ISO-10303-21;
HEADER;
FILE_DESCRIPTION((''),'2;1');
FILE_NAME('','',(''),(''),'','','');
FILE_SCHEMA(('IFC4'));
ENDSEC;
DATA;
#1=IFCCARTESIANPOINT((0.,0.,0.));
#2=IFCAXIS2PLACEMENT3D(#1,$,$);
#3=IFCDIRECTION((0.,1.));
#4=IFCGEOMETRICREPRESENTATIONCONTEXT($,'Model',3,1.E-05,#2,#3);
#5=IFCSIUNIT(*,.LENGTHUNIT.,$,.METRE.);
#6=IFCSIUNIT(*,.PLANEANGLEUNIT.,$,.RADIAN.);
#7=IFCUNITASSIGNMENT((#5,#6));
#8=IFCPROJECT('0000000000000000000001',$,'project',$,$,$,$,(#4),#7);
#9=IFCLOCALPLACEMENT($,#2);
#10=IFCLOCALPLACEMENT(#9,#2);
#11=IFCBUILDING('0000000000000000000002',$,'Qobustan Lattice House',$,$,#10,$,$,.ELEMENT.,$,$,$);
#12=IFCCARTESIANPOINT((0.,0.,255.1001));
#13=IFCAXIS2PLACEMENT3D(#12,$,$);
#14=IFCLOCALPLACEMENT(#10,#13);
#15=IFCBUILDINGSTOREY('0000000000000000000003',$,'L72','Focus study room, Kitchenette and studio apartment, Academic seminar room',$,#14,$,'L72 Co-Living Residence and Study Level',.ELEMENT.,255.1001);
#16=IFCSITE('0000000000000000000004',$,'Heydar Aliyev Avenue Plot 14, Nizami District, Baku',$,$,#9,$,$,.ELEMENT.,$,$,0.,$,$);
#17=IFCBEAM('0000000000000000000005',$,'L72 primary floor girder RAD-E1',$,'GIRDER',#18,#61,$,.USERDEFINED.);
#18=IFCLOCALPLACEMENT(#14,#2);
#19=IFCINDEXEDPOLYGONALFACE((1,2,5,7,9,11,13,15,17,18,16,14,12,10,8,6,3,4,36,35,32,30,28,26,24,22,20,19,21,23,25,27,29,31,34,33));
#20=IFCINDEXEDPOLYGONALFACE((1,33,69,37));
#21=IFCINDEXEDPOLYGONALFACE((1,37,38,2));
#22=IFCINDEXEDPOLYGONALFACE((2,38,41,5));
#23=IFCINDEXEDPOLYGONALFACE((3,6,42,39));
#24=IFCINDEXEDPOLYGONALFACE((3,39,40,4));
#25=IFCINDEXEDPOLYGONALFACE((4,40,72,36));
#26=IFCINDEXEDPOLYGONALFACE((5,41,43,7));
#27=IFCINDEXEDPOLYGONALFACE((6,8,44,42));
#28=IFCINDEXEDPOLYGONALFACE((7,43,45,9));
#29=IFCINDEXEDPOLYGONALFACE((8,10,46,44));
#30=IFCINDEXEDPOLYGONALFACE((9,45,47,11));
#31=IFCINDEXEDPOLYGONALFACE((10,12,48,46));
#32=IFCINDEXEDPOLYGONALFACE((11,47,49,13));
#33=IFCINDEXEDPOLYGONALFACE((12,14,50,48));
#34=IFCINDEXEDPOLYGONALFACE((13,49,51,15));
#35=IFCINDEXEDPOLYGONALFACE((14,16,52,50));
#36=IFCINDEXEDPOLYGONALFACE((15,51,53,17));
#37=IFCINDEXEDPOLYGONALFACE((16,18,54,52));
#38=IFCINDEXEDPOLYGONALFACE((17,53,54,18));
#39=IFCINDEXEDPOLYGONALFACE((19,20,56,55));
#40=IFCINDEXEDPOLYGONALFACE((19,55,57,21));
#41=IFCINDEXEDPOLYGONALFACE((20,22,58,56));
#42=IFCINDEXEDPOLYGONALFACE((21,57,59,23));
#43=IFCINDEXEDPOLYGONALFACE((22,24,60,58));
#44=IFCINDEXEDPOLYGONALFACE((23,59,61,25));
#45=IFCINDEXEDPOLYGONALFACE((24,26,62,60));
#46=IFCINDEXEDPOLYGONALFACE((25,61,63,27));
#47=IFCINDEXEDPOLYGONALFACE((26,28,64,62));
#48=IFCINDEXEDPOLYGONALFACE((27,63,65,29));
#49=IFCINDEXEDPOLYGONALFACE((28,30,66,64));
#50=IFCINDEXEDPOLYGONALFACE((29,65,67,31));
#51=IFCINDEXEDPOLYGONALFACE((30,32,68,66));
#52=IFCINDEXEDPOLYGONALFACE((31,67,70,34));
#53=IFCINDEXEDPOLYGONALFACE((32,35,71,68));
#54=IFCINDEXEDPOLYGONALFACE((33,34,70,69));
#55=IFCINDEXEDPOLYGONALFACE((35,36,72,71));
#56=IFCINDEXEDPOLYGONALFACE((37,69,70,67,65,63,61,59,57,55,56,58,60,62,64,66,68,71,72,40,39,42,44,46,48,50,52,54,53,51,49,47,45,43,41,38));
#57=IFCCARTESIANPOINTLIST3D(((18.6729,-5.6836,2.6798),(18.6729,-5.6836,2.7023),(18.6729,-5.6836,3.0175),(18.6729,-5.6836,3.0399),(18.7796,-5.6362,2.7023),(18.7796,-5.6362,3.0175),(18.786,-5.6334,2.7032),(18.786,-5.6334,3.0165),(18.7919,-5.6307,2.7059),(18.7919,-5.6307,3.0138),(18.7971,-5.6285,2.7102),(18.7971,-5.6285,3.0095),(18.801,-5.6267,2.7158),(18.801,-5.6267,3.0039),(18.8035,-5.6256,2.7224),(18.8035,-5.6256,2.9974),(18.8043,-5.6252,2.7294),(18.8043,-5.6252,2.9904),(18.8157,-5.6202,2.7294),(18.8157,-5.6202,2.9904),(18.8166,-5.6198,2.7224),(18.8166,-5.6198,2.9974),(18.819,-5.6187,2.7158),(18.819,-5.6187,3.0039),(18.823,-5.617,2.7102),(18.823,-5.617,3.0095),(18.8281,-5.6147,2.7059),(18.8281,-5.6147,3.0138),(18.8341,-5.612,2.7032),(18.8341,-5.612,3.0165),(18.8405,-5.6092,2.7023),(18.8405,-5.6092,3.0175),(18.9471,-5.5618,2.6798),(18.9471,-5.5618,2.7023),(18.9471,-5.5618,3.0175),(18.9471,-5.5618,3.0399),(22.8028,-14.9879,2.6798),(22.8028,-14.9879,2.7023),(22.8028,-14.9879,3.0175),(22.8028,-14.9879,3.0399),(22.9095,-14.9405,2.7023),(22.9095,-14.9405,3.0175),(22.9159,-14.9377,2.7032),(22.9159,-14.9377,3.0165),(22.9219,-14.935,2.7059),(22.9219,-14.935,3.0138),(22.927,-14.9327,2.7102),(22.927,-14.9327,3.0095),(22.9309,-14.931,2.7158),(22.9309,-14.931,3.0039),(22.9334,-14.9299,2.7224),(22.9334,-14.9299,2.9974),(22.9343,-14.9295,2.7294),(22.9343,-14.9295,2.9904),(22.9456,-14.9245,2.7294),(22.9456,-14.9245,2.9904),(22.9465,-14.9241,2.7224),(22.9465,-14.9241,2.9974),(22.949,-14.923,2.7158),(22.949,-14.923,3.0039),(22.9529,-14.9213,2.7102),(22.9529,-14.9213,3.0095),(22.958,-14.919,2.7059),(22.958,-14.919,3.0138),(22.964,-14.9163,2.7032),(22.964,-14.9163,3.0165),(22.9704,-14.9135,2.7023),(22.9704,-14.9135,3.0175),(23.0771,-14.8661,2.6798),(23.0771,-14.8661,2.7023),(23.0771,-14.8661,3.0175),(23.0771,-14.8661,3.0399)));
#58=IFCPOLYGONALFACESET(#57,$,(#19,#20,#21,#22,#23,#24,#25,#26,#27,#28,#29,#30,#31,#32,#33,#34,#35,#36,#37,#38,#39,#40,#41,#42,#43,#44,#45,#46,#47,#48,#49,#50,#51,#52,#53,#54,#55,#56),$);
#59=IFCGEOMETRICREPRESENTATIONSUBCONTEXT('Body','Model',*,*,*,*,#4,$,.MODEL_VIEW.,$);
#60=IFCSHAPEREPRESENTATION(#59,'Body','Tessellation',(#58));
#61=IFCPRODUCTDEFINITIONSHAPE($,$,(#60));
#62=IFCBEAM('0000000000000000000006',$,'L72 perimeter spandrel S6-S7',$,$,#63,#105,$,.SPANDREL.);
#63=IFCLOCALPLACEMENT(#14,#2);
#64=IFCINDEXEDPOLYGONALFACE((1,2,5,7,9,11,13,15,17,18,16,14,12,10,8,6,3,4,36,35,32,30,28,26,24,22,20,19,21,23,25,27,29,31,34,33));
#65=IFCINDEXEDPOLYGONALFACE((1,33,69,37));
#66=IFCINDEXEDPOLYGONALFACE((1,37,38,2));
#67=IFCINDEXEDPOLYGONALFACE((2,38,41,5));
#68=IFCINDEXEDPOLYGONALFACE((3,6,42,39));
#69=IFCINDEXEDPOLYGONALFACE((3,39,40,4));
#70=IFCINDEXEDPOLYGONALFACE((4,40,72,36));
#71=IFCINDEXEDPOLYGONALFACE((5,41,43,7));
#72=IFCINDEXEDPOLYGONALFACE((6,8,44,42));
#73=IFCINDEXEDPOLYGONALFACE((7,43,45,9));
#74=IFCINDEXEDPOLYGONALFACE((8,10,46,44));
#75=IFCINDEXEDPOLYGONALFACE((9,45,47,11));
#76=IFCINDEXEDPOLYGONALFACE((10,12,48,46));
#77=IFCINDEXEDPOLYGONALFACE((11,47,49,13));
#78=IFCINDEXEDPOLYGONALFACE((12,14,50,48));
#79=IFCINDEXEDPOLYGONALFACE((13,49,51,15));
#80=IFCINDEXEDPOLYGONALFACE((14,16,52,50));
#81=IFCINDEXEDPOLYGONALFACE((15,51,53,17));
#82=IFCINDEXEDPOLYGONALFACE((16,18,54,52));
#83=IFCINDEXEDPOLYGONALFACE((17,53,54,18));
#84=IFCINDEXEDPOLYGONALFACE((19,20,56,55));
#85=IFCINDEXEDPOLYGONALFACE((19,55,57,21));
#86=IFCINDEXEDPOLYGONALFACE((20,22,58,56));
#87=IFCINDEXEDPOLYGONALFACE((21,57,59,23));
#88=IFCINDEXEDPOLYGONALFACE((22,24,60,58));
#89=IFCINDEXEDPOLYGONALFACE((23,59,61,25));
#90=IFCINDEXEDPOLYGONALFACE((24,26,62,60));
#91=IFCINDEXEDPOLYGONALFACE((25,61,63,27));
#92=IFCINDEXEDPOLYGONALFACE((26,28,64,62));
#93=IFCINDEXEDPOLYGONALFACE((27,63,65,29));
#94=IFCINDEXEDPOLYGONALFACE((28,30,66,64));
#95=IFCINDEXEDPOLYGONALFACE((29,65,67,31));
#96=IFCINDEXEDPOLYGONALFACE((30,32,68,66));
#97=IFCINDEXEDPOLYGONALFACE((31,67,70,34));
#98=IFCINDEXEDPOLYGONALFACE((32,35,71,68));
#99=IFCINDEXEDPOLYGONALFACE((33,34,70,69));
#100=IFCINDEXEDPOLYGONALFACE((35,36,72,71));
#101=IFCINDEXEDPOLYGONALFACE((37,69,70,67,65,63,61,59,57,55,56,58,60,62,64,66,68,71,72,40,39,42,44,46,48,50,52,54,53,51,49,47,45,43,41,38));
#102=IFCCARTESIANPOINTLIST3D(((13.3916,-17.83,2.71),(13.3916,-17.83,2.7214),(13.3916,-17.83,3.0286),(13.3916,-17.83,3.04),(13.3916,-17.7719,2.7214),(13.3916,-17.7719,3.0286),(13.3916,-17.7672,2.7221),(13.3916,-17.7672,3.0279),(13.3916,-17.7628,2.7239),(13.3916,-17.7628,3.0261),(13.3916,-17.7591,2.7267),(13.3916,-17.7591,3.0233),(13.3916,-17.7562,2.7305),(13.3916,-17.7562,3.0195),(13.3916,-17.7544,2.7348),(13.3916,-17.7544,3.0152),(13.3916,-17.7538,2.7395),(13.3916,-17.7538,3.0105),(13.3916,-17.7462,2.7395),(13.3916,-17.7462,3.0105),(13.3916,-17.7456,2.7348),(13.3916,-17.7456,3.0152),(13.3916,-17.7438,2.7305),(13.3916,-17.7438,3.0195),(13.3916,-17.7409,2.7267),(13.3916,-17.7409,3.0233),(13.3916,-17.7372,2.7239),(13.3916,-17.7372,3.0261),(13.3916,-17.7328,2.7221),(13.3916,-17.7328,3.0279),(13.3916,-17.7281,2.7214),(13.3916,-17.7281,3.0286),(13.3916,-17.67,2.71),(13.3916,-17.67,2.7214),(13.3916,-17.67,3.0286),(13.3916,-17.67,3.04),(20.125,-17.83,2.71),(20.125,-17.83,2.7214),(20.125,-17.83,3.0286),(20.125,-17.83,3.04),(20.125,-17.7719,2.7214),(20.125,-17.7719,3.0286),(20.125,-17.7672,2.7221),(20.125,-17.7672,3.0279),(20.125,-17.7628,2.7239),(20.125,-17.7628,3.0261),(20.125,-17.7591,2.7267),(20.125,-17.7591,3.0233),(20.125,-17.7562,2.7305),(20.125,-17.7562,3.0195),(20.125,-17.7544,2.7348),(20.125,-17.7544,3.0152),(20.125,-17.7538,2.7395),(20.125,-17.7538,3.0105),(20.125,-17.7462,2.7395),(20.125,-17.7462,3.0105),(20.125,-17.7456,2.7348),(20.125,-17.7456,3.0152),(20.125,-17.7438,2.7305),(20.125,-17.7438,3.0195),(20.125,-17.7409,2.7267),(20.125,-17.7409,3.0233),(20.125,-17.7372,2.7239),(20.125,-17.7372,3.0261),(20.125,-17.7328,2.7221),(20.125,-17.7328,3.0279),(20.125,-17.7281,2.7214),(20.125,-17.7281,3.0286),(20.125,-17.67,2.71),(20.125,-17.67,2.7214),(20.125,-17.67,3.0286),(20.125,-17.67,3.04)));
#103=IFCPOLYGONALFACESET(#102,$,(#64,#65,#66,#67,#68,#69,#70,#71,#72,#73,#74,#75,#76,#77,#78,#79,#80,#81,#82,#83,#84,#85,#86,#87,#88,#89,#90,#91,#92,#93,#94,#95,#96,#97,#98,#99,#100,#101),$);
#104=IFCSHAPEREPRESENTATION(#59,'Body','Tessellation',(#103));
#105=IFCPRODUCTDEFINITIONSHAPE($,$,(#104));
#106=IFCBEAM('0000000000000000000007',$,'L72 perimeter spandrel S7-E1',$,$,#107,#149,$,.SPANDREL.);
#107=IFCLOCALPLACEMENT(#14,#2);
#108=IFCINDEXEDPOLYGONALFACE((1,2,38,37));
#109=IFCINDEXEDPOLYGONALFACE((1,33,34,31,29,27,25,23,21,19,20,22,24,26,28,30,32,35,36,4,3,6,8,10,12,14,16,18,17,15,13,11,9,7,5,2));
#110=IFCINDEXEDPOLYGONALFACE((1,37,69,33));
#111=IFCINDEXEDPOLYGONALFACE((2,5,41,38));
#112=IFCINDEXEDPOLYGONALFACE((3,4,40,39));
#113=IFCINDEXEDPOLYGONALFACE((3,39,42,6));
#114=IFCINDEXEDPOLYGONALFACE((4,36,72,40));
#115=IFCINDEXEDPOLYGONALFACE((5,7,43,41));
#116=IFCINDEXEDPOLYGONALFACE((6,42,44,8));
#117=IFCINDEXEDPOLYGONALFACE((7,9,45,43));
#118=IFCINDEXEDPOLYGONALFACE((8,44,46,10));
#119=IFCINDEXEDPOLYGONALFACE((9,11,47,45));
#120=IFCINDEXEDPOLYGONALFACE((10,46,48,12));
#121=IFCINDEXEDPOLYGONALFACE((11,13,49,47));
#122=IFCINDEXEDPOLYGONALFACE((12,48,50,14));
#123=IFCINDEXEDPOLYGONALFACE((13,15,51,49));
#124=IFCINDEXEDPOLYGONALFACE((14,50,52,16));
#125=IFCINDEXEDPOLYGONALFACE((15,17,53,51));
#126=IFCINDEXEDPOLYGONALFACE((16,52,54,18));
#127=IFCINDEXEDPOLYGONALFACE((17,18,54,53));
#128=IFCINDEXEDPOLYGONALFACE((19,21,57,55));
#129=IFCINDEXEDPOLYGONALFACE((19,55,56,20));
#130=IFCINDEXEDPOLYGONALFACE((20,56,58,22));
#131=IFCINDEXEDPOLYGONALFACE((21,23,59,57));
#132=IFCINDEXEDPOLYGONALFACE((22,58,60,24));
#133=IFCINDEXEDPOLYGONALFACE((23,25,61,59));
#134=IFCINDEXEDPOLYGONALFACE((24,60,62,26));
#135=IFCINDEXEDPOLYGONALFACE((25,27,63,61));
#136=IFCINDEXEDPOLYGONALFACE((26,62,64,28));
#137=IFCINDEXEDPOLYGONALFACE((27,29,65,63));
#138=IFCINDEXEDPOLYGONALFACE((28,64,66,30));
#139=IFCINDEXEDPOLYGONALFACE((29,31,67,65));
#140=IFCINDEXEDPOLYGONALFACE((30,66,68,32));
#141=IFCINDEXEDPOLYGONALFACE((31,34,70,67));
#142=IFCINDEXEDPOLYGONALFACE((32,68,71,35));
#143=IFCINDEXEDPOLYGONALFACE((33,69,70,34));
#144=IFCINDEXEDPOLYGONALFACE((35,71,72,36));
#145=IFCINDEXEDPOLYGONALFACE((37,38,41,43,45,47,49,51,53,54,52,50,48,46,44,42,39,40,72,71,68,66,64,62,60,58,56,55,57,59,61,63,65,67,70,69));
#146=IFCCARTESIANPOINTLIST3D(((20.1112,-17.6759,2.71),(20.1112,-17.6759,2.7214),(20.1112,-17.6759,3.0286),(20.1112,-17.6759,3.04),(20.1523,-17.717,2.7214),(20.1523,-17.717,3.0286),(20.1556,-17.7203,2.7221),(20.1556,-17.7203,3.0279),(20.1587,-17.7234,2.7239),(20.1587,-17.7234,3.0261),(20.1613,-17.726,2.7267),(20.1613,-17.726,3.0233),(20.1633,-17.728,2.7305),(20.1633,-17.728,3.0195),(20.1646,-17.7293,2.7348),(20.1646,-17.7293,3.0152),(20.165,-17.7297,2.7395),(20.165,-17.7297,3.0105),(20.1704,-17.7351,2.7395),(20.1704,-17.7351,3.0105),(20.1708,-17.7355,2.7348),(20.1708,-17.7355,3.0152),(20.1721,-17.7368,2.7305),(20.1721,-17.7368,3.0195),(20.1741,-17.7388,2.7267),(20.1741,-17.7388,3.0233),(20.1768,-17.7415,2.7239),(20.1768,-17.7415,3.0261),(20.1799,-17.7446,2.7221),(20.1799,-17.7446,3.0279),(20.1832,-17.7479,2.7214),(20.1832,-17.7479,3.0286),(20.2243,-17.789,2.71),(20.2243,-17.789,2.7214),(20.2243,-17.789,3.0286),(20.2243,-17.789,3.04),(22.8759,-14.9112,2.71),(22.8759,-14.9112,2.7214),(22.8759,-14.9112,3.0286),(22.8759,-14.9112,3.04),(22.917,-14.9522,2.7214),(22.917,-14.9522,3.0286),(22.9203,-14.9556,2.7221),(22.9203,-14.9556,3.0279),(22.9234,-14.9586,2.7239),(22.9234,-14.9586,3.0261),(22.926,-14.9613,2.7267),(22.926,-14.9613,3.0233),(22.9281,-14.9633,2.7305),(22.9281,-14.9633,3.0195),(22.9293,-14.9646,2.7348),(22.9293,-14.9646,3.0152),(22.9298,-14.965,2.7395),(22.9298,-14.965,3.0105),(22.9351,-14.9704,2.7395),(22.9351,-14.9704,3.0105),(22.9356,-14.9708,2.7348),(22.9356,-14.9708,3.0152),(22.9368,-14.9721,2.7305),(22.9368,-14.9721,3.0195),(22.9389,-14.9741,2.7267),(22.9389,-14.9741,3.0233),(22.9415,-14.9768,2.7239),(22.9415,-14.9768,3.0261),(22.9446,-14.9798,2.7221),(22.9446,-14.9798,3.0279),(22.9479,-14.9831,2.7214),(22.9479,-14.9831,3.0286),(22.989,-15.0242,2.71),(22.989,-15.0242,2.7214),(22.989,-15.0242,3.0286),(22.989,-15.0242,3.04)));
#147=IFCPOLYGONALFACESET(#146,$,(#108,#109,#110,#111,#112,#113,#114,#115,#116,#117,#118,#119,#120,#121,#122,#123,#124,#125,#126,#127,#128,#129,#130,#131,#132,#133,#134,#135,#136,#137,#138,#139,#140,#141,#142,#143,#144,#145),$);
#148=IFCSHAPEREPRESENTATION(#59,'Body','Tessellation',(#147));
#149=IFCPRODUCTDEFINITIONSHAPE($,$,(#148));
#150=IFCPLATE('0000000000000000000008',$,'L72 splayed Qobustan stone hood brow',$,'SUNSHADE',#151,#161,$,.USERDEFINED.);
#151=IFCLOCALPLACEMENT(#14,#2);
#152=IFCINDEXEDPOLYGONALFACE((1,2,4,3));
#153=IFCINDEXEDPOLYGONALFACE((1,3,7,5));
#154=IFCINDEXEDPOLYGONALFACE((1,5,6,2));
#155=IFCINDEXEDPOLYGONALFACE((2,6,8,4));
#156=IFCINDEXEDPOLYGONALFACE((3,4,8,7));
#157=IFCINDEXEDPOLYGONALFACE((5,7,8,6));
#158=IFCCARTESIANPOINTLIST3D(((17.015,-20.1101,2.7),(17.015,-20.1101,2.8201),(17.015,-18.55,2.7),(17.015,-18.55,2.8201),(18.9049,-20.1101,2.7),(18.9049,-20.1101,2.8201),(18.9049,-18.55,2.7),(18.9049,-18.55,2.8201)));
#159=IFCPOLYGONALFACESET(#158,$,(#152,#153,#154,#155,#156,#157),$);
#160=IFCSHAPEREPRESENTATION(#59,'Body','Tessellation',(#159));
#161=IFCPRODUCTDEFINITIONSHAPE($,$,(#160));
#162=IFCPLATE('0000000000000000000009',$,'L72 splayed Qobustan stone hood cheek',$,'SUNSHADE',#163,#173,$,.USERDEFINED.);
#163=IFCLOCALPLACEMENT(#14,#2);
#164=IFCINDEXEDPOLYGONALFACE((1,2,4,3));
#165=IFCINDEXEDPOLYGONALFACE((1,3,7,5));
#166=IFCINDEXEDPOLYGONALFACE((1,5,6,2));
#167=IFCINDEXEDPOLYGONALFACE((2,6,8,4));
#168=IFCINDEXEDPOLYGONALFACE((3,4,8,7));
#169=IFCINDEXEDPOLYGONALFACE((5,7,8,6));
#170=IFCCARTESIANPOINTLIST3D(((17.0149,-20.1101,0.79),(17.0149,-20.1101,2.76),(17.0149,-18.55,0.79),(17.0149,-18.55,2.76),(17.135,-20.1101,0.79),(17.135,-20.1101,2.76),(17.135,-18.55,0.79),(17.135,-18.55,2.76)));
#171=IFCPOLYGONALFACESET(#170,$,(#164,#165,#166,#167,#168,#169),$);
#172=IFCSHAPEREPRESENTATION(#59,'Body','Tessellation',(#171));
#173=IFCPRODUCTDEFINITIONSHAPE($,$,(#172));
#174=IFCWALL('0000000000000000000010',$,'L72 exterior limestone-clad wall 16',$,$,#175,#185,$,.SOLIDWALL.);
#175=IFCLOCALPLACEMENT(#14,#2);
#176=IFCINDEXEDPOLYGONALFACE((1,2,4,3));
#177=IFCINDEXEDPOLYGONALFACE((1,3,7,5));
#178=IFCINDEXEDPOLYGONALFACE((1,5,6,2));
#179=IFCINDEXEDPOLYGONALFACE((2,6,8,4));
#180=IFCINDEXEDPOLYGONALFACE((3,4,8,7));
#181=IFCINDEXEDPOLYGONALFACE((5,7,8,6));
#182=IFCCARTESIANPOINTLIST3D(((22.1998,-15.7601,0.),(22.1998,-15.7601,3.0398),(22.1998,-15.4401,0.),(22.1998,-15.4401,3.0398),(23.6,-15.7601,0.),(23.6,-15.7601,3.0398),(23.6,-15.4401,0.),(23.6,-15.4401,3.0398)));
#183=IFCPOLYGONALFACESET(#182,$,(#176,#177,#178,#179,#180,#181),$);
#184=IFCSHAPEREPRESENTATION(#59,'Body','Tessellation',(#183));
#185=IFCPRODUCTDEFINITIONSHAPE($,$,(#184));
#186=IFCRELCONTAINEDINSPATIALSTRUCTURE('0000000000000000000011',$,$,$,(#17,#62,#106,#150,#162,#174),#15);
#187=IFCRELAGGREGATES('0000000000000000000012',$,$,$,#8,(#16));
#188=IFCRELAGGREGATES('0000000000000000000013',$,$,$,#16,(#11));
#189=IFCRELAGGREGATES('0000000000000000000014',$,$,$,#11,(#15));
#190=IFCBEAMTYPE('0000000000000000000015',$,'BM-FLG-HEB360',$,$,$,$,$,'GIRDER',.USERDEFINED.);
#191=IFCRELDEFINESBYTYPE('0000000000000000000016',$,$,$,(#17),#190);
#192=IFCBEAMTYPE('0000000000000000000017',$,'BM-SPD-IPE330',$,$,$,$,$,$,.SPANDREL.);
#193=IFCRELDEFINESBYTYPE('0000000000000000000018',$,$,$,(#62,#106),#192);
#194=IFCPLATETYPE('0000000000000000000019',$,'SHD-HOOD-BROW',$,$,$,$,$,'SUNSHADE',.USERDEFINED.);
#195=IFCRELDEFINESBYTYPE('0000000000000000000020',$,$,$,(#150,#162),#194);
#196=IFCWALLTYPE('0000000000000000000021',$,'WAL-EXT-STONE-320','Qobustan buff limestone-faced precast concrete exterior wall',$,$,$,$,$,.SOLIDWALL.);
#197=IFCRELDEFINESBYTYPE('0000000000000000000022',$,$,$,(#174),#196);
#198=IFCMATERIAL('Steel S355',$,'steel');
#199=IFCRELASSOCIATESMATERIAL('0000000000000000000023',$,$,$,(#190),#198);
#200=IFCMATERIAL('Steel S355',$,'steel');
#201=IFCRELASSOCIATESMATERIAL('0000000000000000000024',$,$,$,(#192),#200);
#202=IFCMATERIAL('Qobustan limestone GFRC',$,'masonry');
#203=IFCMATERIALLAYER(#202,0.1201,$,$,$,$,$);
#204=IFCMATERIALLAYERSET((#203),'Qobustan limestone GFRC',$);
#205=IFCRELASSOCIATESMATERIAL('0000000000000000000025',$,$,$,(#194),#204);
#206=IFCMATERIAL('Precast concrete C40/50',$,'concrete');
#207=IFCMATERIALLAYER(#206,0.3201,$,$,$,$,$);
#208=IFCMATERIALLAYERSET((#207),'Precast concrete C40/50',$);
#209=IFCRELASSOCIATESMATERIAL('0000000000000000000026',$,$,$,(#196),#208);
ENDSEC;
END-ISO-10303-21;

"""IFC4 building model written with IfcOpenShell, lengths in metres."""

from ifc_helpers import new_model, si_unit, direction, frame, frame_2d, origin, origin_2d, place, context, subcontext, project, spatial, rectangle, i_section, extrude, material, layer, layer_set, material_profile, profile_set, type_object, element, save


model = new_model("IFC4")

# Units and contexts
model_context = context("Model", 3, precision=1e-05, world=origin(), true_north=direction((0.0, 1.0)))
body_context = subcontext(model_context, "Body", "Model", "MODEL_VIEW")
ifc_project = project(units=[si_unit("LENGTHUNIT", "METRE"), si_unit("PLANEANGLEUNIT", "RADIAN")], contexts=[model_context])

# Site, building, storey
site_placement = place(None, origin())
site = spatial("IfcSite", under=ifc_project, at=site_placement, Name="Heydar Aliyev Avenue Plot 14, Nizami District, Baku", CompositionType="ELEMENT", RefElevation=0.0)
building_placement = place(site_placement, origin())
building = spatial("IfcBuilding", under=site, at=building_placement, Name="Qobustan Lattice House", CompositionType="ELEMENT")
storey_placement = place(building_placement, frame((0.0, 0.0, 255.1001)))
storey = spatial("IfcBuildingStorey", under=building, at=storey_placement, Name="L72", Description="Focus study room, Kitchenette and studio apartment, Academic seminar room", LongName="L72 Co-Living Residence and Study Level", CompositionType="ELEMENT", Elevation=255.1001)

# Beams
ifc_material_1 = material(Name="Steel S355", Category="steel")
ifc_material_profile_1 = material_profile(ifc_material_1, i_section(OverallWidth=0.3, OverallDepth=0.3601, WebThickness=0.0125, FlangeThickness=0.0225, FilletRadius=0.0271, at=origin_2d()), Name="HEB360")
ifc_profile_set_1 = profile_set([ifc_material_profile_1], Name="Steel S355")
beam_type_1 = type_object("IfcBeamType", Name="BM-FLG-HEB360", ElementType="GIRDER", PredefinedType="USERDEFINED", material=ifc_profile_set_1)
beam_1_placement = place(storey_placement, frame((22.9399, -14.927, 2.8599), z_axis=(-0.405702, 0.914005, 0.0), x_axis=(-0.914005, -0.405702, 0.0)))
element("IfcBeam", 1, at=beam_1_placement, inside=storey, type_object=beam_type_1, Name="L72 primary floor girder RAD-E1", ObjectType="GIRDER", PredefinedType="USERDEFINED", context=body_context, shape_type="SweptSolid", body=[
    extrude(i_section(OverallWidth=0.3, OverallDepth=0.3601, WebThickness=0.0125, FlangeThickness=0.0225, FilletRadius=0.0271, at=origin_2d()), origin(), (0.0, 0.0, 1.0), 10.1797),
])
ifc_material_2 = material(Name="Steel S355", Category="steel")
ifc_material_profile_2 = material_profile(ifc_material_2, i_section(OverallWidth=0.1599, OverallDepth=0.3301, WebThickness=0.0076, FlangeThickness=0.0115, FilletRadius=0.0181, at=origin_2d()), Name="IPE330")
ifc_profile_set_2 = profile_set([ifc_material_profile_2], Name="Steel S355")
beam_type_2 = type_object("IfcBeamType", Name="BM-SPD-IPE330", PredefinedType="SPANDREL", material=ifc_profile_set_2)
beam_2_placement = place(storey_placement, frame((13.3916, -17.75, 2.875), z_axis=(1.0, 0.0, 0.0), x_axis=(0.0, 1.0, 0.0)))
element("IfcBeam", 2, at=beam_2_placement, inside=storey, type_object=beam_type_2, Name="L72 perimeter spandrel S6-S7", PredefinedType="SPANDREL", context=body_context, shape_type="SweptSolid", body=[
    extrude(i_section(OverallWidth=0.1599, OverallDepth=0.3301, WebThickness=0.0076, FlangeThickness=0.0115, FilletRadius=0.0181, at=origin_2d()), origin(), (0.0, 0.0, 1.0), 6.7334),
])
beam_3_placement = place(storey_placement, frame((20.1677, -17.7324, 2.875), z_axis=(0.707107, 0.707107, 0.0), x_axis=(-0.707107, 0.707107, 0.0)))
element("IfcBeam", 3, at=beam_3_placement, inside=storey, type_object=beam_type_2, Name="L72 perimeter spandrel S7-E1", PredefinedType="SPANDREL", context=body_context, shape_type="SweptSolid", body=[
    extrude(i_section(OverallWidth=0.1599, OverallDepth=0.3301, WebThickness=0.0076, FlangeThickness=0.0115, FilletRadius=0.0181, at=origin_2d()), origin(), (0.0, 0.0, 1.0), 3.9099),
])

# Plates
ifc_material_3 = material(Name="Qobustan limestone GFRC", Category="masonry")
ifc_layer_1 = layer(ifc_material_3, 0.1201)
ifc_layer_set_1 = layer_set([ifc_layer_1], Name="Qobustan limestone GFRC")
plate_type = type_object("IfcPlateType", Name="SHD-HOOD-BROW", ElementType="SUNSHADE", PredefinedType="USERDEFINED", material=ifc_layer_set_1)
plate_1_placement = place(storey_placement, frame((17.96, -19.3301, 2.7), z_axis=(0.0, 0.0, 1.0), x_axis=(-1.0, 0.0, 0.0)))
element("IfcPlate", 4, at=plate_1_placement, inside=storey, type_object=plate_type, Name="L72 splayed Qobustan stone hood brow", ObjectType="SUNSHADE", PredefinedType="USERDEFINED", context=body_context, shape_type="SweptSolid", body=[
    extrude(rectangle(XDim=1.8899, YDim=1.5601, at=origin_2d()), origin(), (0.0, 0.0, 1.0), 0.1201),
])
plate_2_placement = place(storey_placement, frame((17.075, -19.3301, 0.79), z_axis=(0.0, 0.0, 1.0), x_axis=(-1.0, 0.0, 0.0)))
element("IfcPlate", 5, at=plate_2_placement, inside=storey, type_object=plate_type, Name="L72 splayed Qobustan stone hood cheek", ObjectType="SUNSHADE", PredefinedType="USERDEFINED", context=body_context, shape_type="SweptSolid", body=[
    extrude(rectangle(XDim=0.1201, YDim=1.5601, at=origin_2d()), origin(), (0.0, 0.0, 1.0), 1.97),
])

# Wall
ifc_material_4 = material(Name="Precast concrete C40/50", Category="concrete")
ifc_layer_2 = layer(ifc_material_4, 0.3201)
ifc_layer_set_2 = layer_set([ifc_layer_2], Name="Precast concrete C40/50")
wall_type = type_object("IfcWallType", Name="WAL-EXT-STONE-320", Description="Qobustan buff limestone-faced precast concrete exterior wall", PredefinedType="SOLIDWALL", material=ifc_layer_set_2)
wall_1_placement = place(storey_placement, frame((23.6001, -15.6001, 0.0), z_axis=(0.0, 0.0, 1.0), x_axis=(-1.0, 0.0, 0.0)))
element("IfcWall", 6, at=wall_1_placement, inside=storey, type_object=wall_type, Name="L72 exterior limestone-clad wall 16", PredefinedType="SOLIDWALL", context=body_context, shape_type="SweptSolid", body=[
    extrude(rectangle(XDim=1.4001, YDim=0.3201, at=frame_2d((0.7002, 0.0))), origin(), (0.0, 0.0, 1.0), 3.0398),
])

save(model, "model.ifc")
